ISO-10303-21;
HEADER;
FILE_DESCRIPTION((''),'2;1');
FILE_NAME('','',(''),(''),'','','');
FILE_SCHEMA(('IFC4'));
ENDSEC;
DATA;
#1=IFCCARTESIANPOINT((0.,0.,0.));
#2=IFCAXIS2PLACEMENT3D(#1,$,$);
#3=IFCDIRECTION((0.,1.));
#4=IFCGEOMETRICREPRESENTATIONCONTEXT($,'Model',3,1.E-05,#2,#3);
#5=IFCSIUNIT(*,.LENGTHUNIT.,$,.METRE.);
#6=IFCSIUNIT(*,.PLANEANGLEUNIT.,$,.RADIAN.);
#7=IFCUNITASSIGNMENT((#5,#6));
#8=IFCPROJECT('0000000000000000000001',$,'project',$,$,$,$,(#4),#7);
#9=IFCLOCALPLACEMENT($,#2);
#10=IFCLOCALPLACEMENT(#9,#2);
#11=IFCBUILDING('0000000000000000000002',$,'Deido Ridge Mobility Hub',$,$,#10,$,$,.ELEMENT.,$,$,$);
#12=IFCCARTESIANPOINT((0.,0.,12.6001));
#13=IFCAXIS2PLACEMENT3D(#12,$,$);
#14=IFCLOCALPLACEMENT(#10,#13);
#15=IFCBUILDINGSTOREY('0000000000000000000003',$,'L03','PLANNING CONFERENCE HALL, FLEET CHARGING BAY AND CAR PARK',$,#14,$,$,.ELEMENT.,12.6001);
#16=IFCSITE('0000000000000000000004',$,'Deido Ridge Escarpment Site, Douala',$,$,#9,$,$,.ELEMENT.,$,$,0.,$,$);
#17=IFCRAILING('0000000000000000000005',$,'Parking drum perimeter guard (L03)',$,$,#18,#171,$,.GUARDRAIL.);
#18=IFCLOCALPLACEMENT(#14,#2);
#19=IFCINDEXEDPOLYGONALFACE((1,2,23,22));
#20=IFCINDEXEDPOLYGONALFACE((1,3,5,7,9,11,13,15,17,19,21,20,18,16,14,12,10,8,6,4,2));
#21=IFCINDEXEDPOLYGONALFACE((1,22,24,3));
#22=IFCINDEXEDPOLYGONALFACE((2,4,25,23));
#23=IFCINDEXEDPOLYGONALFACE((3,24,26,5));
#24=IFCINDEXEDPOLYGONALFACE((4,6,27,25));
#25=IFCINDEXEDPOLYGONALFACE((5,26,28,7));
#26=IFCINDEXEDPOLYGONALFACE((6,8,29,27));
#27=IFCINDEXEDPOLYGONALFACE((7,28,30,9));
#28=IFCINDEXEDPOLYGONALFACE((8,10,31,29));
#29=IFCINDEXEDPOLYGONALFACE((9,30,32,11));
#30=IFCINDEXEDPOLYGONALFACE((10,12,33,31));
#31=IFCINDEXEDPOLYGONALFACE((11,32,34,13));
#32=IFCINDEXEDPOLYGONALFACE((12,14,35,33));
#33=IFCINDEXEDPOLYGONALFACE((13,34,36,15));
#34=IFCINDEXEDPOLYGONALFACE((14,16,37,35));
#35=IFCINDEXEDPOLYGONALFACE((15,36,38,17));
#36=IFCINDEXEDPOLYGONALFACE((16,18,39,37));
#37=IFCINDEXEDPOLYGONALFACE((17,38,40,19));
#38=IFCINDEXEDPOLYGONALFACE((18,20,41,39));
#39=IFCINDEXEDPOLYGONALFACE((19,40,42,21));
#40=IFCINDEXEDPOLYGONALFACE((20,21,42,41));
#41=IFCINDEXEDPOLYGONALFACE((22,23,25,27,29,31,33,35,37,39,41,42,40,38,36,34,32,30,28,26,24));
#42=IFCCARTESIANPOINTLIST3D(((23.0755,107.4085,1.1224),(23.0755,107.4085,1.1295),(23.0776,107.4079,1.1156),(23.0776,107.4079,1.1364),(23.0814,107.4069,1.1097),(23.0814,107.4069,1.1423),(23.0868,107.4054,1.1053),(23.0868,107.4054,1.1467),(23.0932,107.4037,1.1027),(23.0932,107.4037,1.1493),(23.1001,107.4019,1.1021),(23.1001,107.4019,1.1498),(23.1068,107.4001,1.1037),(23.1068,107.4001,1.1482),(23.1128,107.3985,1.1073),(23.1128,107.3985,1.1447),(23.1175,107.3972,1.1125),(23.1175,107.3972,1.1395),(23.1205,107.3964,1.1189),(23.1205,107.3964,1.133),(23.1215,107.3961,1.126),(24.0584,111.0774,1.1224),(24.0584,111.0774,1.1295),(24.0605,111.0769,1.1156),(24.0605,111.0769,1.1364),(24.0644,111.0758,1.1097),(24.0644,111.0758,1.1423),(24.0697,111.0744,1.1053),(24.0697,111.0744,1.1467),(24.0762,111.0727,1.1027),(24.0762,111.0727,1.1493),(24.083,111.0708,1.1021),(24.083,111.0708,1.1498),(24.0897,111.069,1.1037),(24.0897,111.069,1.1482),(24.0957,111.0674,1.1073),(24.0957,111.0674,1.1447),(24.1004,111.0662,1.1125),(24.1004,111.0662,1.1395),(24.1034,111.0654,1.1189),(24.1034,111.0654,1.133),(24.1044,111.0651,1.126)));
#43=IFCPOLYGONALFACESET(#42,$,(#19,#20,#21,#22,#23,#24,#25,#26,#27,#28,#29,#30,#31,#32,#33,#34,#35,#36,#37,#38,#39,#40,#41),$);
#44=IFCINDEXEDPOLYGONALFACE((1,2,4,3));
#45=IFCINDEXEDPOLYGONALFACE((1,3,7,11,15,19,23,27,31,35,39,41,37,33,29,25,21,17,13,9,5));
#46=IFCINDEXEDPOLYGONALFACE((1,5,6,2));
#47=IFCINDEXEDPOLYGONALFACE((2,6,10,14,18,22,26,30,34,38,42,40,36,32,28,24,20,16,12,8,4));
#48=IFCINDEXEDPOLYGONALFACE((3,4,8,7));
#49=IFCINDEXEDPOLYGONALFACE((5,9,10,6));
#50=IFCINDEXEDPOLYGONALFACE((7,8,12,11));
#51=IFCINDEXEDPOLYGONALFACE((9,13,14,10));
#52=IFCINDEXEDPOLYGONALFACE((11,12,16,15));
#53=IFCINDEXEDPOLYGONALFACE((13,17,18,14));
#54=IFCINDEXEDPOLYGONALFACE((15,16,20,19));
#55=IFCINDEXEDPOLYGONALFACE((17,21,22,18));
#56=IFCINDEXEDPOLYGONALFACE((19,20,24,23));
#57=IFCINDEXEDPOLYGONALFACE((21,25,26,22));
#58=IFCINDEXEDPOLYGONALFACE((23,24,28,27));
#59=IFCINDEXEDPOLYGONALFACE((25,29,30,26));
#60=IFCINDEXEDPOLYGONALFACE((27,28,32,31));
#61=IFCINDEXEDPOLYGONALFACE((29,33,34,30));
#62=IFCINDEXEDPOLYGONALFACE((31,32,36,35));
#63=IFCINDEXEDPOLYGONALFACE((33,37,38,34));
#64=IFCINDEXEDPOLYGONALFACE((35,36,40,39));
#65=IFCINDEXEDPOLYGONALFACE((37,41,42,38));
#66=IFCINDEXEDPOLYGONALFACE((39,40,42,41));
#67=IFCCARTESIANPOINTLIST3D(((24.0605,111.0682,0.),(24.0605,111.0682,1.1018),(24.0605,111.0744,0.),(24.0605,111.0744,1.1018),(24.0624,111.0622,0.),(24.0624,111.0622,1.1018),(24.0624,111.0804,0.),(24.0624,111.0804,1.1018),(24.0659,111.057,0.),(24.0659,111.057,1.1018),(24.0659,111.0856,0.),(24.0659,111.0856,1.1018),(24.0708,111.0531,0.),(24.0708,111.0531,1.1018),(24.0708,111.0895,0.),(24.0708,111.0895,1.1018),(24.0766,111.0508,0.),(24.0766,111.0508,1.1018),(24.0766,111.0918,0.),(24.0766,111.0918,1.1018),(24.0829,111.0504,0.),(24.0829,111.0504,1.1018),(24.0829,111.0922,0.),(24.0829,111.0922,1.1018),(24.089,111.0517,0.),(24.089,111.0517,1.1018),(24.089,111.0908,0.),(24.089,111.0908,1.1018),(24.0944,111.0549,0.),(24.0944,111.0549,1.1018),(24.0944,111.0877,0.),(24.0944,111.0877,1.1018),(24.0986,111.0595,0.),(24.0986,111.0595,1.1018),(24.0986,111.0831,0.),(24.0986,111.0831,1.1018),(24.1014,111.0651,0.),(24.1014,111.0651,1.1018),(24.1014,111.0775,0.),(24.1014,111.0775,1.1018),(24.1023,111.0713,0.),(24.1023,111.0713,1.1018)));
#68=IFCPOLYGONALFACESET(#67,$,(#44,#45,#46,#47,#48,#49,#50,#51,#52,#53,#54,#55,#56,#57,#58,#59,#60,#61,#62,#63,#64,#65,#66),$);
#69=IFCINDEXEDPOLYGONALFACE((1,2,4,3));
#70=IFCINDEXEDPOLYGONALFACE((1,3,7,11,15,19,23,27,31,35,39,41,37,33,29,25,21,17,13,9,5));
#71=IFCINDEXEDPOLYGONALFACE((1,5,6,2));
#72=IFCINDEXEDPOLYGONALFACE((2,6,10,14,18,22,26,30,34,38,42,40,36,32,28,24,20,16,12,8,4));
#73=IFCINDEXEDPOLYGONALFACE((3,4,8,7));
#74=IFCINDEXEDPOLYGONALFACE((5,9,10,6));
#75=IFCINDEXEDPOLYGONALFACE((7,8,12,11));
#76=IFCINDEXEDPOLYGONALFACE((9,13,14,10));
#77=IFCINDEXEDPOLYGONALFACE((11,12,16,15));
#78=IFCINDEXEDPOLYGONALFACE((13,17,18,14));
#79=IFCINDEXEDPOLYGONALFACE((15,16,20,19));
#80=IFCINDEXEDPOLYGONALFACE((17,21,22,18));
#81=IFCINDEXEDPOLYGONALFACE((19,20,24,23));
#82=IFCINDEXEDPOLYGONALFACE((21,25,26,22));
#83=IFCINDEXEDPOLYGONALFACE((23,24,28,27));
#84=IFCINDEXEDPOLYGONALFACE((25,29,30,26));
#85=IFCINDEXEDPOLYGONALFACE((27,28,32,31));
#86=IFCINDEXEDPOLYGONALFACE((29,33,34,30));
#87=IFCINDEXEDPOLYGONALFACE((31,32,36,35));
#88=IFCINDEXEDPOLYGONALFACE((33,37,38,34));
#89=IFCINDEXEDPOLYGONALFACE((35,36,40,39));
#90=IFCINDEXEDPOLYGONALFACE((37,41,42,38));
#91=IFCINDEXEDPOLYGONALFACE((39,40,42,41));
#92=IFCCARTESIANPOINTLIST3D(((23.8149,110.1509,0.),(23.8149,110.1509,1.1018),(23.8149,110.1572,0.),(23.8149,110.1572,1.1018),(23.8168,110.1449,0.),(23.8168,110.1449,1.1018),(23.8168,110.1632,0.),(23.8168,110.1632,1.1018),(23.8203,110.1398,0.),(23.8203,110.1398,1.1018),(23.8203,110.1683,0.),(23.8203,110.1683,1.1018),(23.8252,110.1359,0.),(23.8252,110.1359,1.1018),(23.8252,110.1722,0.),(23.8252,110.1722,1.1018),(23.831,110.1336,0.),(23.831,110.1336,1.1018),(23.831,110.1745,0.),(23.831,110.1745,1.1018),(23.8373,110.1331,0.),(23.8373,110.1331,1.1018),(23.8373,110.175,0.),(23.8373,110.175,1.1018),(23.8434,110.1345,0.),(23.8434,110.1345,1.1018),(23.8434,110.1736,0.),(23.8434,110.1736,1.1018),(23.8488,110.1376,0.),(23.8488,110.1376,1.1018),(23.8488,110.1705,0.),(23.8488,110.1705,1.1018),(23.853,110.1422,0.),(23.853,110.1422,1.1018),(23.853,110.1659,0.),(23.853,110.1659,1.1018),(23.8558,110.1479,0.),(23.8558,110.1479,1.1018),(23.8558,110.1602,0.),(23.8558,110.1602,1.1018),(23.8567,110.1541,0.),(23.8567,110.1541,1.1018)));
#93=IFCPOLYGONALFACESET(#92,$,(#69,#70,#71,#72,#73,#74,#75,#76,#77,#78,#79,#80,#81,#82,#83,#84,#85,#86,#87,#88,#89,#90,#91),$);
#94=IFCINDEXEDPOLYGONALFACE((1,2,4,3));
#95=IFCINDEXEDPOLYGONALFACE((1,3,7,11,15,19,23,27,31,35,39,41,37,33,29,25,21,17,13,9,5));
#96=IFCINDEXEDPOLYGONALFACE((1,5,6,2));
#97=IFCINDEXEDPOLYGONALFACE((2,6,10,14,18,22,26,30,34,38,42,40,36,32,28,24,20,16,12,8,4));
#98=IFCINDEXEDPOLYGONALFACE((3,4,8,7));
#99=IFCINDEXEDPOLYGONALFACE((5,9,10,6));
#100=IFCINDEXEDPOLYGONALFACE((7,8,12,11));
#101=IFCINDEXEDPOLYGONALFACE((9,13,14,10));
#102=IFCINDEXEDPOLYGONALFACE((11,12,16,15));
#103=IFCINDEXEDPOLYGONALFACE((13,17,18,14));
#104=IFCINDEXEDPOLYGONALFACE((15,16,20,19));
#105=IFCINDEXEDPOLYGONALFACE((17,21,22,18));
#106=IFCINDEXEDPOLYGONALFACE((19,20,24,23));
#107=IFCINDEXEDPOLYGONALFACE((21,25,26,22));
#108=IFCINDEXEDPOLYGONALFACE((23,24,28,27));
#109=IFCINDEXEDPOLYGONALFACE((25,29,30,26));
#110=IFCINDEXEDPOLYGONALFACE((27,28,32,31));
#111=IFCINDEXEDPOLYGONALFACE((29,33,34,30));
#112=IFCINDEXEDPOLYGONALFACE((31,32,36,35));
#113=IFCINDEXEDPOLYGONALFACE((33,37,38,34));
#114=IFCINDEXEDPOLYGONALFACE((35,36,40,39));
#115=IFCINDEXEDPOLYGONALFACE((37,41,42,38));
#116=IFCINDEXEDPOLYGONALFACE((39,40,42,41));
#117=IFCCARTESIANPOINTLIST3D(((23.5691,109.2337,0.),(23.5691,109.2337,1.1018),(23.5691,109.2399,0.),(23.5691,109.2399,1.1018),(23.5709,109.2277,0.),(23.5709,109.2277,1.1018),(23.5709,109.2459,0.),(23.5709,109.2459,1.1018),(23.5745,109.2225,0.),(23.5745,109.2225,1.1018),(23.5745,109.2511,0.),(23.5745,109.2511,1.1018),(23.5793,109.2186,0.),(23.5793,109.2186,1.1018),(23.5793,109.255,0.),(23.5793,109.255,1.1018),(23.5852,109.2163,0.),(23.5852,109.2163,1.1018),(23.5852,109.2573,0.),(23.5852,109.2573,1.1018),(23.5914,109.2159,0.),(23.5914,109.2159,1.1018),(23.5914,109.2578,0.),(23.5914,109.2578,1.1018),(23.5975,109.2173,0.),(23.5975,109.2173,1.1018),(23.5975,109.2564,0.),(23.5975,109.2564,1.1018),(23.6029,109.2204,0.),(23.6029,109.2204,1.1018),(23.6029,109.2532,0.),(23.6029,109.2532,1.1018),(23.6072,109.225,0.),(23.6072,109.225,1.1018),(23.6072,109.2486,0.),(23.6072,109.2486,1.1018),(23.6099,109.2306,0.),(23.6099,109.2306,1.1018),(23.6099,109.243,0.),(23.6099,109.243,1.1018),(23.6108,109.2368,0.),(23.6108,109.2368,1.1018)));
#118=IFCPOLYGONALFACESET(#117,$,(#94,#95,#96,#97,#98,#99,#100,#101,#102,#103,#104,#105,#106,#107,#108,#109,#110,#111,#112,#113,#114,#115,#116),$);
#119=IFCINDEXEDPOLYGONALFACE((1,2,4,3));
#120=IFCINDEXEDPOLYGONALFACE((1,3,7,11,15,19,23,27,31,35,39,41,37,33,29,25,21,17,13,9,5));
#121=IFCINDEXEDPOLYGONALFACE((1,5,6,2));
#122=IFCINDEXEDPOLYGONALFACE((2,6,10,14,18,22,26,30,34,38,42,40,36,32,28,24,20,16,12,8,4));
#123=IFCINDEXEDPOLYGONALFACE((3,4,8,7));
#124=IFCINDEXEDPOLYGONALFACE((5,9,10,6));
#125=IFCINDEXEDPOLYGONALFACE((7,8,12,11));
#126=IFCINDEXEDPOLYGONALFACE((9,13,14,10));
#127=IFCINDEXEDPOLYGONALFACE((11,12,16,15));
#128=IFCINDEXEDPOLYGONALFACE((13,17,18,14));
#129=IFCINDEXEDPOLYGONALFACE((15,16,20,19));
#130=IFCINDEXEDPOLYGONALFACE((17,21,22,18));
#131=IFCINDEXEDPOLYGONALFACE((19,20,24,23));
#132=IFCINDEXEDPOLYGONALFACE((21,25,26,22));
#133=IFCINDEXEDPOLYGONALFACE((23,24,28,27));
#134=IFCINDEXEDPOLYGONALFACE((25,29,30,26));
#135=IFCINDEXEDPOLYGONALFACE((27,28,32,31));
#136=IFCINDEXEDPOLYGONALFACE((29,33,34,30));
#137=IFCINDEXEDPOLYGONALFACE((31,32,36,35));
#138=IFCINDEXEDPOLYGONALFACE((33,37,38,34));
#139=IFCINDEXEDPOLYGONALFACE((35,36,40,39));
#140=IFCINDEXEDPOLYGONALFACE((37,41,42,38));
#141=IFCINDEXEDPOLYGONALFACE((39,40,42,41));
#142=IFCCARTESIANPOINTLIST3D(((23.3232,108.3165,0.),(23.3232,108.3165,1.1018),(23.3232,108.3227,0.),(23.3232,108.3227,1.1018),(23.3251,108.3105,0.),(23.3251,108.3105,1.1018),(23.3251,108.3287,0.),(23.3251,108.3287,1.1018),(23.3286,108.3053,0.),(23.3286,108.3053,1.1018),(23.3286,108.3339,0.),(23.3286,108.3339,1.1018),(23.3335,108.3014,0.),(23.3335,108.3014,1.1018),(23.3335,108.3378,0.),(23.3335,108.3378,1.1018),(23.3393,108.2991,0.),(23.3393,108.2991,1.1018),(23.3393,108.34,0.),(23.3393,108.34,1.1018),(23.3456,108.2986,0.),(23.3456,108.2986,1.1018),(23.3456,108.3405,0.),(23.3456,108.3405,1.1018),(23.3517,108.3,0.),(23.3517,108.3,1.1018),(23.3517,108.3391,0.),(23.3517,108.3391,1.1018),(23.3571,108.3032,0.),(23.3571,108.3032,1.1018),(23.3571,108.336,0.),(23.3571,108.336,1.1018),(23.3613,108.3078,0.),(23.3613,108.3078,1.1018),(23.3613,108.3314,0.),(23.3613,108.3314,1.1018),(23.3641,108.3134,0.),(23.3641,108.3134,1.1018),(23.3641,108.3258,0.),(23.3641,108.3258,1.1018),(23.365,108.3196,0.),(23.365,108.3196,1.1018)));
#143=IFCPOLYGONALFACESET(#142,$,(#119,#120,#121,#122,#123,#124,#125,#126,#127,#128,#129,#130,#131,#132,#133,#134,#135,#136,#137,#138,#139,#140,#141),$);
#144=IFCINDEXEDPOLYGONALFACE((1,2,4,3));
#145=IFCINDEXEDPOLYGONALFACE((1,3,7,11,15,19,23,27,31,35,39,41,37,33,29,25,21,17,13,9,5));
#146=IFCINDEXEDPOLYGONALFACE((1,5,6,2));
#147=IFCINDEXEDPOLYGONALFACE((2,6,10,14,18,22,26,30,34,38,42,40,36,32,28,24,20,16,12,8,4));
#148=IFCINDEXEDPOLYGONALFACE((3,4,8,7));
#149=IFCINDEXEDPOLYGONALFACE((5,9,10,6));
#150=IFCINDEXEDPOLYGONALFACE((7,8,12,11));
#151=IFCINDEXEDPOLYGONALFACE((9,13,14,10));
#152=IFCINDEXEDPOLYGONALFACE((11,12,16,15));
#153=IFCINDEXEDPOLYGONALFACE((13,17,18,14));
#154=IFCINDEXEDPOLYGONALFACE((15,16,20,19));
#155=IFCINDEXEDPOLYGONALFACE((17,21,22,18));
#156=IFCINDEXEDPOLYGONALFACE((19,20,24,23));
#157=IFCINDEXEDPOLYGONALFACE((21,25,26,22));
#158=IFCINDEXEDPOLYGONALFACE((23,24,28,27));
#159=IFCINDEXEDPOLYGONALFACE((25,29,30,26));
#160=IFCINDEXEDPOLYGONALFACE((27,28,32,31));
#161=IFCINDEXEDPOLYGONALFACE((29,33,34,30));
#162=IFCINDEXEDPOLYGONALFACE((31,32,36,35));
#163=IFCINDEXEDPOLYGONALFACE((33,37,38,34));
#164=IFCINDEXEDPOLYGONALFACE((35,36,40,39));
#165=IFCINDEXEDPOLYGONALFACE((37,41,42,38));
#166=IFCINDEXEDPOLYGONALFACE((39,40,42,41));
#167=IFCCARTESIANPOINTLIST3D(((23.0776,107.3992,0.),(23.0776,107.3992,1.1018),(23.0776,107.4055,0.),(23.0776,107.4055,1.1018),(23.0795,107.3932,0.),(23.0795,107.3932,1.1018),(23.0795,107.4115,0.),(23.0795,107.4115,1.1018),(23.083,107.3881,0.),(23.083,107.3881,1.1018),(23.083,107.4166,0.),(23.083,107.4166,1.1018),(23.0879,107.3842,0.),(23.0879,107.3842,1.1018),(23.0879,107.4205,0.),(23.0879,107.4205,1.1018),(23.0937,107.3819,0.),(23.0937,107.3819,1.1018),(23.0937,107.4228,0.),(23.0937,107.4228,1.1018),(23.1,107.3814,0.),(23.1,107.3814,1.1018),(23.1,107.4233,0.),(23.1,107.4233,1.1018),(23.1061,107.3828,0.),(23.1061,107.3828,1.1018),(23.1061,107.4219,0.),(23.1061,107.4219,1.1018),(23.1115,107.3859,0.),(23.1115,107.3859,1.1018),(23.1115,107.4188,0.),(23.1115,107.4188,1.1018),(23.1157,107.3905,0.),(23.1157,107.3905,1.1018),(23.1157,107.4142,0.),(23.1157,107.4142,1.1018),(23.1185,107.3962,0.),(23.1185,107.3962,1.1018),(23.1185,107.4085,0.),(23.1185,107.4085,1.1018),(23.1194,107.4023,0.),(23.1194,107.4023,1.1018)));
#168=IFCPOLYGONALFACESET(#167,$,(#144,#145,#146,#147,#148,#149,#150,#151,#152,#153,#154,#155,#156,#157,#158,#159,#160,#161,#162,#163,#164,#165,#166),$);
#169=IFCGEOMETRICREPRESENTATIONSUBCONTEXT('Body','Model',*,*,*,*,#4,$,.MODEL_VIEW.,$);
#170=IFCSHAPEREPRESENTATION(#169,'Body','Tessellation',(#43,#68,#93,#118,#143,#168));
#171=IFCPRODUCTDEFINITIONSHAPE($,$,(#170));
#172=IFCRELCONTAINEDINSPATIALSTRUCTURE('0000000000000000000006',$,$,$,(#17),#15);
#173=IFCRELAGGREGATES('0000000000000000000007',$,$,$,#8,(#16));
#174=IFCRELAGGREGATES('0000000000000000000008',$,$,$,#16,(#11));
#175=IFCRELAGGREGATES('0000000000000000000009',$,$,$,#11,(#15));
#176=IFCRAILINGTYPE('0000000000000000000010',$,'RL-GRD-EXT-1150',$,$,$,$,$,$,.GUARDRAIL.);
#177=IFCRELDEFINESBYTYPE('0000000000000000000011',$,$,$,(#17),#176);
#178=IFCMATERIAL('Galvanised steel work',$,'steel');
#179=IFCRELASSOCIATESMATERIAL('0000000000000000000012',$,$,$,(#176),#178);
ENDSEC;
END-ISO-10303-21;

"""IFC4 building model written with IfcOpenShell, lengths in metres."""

from ifc_helpers import new_model, si_unit, direction, frame, origin, origin_2d, place, context, subcontext, project, spatial, circle, extrude, material, type_object, element, save


model = new_model("IFC4")

# Units and contexts
model_context = context("Model", 3, precision=1e-05, world=origin(), true_north=direction((0.0, 1.0)))
body_context = subcontext(model_context, "Body", "Model", "MODEL_VIEW")
ifc_project = project(units=[si_unit("LENGTHUNIT", "METRE"), si_unit("PLANEANGLEUNIT", "RADIAN")], contexts=[model_context])

# Site, building, storey
site_placement = place(None, origin())
site = spatial("IfcSite", under=ifc_project, at=site_placement, Name="Deido Ridge Escarpment Site, Douala", CompositionType="ELEMENT", RefElevation=0.0)
building_placement = place(site_placement, origin())
building = spatial("IfcBuilding", under=site, at=building_placement, Name="Deido Ridge Mobility Hub", CompositionType="ELEMENT")
storey_placement = place(building_placement, frame((0.0, 0.0, 12.6001)))
storey = spatial("IfcBuildingStorey", under=building, at=storey_placement, Name="L03", Description="PLANNING CONFERENCE HALL, FLEET CHARGING BAY AND CAR PARK", CompositionType="ELEMENT", Elevation=12.6001)

# Railing
ifc_material_1 = material(Name="Galvanised steel work", Category="steel")
railing_type = type_object("IfcRailingType", Name="RL-GRD-EXT-1150", PredefinedType="GUARDRAIL", material=ifc_material_1)
railing_1_placement = place(storey_placement, frame((24.0813, 111.0713, 0.0)))
element("IfcRailing", 1, at=railing_1_placement, inside=storey, type_object=railing_type, Name="Parking drum perimeter guard (L03)", PredefinedType="GUARDRAIL", context=body_context, shape_type="SweptSolid", body=[
    extrude(circle(Radius=0.0239, at=origin_2d()), frame((0.0, 0.0, 1.126), z_axis=(-0.258775, -0.965938, 0.0), x_axis=(0.965938, -0.258775, 0.0)), (0.0, 0.0, 1.0), 3.7983),
    extrude(circle(Radius=0.021, at=origin_2d()), origin(), (0.0, 0.0, 1.0), 1.1018),
    extrude(circle(Radius=0.021, at=origin_2d()), frame((-0.2456, -0.9172, 0.0)), (0.0, 0.0, 1.0), 1.1018),
    extrude(circle(Radius=0.021, at=origin_2d()), frame((-0.4915, -1.8345, 0.0)), (0.0, 0.0, 1.0), 1.1018),
    extrude(circle(Radius=0.021, at=origin_2d()), frame((-0.7373, -2.7517, 0.0)), (0.0, 0.0, 1.0), 1.1018),
    extrude(circle(Radius=0.021, at=origin_2d()), frame((-0.9829, -3.6689, 0.0)), (0.0, 0.0, 1.0), 1.1018),
])

save(model, "model.ifc")
